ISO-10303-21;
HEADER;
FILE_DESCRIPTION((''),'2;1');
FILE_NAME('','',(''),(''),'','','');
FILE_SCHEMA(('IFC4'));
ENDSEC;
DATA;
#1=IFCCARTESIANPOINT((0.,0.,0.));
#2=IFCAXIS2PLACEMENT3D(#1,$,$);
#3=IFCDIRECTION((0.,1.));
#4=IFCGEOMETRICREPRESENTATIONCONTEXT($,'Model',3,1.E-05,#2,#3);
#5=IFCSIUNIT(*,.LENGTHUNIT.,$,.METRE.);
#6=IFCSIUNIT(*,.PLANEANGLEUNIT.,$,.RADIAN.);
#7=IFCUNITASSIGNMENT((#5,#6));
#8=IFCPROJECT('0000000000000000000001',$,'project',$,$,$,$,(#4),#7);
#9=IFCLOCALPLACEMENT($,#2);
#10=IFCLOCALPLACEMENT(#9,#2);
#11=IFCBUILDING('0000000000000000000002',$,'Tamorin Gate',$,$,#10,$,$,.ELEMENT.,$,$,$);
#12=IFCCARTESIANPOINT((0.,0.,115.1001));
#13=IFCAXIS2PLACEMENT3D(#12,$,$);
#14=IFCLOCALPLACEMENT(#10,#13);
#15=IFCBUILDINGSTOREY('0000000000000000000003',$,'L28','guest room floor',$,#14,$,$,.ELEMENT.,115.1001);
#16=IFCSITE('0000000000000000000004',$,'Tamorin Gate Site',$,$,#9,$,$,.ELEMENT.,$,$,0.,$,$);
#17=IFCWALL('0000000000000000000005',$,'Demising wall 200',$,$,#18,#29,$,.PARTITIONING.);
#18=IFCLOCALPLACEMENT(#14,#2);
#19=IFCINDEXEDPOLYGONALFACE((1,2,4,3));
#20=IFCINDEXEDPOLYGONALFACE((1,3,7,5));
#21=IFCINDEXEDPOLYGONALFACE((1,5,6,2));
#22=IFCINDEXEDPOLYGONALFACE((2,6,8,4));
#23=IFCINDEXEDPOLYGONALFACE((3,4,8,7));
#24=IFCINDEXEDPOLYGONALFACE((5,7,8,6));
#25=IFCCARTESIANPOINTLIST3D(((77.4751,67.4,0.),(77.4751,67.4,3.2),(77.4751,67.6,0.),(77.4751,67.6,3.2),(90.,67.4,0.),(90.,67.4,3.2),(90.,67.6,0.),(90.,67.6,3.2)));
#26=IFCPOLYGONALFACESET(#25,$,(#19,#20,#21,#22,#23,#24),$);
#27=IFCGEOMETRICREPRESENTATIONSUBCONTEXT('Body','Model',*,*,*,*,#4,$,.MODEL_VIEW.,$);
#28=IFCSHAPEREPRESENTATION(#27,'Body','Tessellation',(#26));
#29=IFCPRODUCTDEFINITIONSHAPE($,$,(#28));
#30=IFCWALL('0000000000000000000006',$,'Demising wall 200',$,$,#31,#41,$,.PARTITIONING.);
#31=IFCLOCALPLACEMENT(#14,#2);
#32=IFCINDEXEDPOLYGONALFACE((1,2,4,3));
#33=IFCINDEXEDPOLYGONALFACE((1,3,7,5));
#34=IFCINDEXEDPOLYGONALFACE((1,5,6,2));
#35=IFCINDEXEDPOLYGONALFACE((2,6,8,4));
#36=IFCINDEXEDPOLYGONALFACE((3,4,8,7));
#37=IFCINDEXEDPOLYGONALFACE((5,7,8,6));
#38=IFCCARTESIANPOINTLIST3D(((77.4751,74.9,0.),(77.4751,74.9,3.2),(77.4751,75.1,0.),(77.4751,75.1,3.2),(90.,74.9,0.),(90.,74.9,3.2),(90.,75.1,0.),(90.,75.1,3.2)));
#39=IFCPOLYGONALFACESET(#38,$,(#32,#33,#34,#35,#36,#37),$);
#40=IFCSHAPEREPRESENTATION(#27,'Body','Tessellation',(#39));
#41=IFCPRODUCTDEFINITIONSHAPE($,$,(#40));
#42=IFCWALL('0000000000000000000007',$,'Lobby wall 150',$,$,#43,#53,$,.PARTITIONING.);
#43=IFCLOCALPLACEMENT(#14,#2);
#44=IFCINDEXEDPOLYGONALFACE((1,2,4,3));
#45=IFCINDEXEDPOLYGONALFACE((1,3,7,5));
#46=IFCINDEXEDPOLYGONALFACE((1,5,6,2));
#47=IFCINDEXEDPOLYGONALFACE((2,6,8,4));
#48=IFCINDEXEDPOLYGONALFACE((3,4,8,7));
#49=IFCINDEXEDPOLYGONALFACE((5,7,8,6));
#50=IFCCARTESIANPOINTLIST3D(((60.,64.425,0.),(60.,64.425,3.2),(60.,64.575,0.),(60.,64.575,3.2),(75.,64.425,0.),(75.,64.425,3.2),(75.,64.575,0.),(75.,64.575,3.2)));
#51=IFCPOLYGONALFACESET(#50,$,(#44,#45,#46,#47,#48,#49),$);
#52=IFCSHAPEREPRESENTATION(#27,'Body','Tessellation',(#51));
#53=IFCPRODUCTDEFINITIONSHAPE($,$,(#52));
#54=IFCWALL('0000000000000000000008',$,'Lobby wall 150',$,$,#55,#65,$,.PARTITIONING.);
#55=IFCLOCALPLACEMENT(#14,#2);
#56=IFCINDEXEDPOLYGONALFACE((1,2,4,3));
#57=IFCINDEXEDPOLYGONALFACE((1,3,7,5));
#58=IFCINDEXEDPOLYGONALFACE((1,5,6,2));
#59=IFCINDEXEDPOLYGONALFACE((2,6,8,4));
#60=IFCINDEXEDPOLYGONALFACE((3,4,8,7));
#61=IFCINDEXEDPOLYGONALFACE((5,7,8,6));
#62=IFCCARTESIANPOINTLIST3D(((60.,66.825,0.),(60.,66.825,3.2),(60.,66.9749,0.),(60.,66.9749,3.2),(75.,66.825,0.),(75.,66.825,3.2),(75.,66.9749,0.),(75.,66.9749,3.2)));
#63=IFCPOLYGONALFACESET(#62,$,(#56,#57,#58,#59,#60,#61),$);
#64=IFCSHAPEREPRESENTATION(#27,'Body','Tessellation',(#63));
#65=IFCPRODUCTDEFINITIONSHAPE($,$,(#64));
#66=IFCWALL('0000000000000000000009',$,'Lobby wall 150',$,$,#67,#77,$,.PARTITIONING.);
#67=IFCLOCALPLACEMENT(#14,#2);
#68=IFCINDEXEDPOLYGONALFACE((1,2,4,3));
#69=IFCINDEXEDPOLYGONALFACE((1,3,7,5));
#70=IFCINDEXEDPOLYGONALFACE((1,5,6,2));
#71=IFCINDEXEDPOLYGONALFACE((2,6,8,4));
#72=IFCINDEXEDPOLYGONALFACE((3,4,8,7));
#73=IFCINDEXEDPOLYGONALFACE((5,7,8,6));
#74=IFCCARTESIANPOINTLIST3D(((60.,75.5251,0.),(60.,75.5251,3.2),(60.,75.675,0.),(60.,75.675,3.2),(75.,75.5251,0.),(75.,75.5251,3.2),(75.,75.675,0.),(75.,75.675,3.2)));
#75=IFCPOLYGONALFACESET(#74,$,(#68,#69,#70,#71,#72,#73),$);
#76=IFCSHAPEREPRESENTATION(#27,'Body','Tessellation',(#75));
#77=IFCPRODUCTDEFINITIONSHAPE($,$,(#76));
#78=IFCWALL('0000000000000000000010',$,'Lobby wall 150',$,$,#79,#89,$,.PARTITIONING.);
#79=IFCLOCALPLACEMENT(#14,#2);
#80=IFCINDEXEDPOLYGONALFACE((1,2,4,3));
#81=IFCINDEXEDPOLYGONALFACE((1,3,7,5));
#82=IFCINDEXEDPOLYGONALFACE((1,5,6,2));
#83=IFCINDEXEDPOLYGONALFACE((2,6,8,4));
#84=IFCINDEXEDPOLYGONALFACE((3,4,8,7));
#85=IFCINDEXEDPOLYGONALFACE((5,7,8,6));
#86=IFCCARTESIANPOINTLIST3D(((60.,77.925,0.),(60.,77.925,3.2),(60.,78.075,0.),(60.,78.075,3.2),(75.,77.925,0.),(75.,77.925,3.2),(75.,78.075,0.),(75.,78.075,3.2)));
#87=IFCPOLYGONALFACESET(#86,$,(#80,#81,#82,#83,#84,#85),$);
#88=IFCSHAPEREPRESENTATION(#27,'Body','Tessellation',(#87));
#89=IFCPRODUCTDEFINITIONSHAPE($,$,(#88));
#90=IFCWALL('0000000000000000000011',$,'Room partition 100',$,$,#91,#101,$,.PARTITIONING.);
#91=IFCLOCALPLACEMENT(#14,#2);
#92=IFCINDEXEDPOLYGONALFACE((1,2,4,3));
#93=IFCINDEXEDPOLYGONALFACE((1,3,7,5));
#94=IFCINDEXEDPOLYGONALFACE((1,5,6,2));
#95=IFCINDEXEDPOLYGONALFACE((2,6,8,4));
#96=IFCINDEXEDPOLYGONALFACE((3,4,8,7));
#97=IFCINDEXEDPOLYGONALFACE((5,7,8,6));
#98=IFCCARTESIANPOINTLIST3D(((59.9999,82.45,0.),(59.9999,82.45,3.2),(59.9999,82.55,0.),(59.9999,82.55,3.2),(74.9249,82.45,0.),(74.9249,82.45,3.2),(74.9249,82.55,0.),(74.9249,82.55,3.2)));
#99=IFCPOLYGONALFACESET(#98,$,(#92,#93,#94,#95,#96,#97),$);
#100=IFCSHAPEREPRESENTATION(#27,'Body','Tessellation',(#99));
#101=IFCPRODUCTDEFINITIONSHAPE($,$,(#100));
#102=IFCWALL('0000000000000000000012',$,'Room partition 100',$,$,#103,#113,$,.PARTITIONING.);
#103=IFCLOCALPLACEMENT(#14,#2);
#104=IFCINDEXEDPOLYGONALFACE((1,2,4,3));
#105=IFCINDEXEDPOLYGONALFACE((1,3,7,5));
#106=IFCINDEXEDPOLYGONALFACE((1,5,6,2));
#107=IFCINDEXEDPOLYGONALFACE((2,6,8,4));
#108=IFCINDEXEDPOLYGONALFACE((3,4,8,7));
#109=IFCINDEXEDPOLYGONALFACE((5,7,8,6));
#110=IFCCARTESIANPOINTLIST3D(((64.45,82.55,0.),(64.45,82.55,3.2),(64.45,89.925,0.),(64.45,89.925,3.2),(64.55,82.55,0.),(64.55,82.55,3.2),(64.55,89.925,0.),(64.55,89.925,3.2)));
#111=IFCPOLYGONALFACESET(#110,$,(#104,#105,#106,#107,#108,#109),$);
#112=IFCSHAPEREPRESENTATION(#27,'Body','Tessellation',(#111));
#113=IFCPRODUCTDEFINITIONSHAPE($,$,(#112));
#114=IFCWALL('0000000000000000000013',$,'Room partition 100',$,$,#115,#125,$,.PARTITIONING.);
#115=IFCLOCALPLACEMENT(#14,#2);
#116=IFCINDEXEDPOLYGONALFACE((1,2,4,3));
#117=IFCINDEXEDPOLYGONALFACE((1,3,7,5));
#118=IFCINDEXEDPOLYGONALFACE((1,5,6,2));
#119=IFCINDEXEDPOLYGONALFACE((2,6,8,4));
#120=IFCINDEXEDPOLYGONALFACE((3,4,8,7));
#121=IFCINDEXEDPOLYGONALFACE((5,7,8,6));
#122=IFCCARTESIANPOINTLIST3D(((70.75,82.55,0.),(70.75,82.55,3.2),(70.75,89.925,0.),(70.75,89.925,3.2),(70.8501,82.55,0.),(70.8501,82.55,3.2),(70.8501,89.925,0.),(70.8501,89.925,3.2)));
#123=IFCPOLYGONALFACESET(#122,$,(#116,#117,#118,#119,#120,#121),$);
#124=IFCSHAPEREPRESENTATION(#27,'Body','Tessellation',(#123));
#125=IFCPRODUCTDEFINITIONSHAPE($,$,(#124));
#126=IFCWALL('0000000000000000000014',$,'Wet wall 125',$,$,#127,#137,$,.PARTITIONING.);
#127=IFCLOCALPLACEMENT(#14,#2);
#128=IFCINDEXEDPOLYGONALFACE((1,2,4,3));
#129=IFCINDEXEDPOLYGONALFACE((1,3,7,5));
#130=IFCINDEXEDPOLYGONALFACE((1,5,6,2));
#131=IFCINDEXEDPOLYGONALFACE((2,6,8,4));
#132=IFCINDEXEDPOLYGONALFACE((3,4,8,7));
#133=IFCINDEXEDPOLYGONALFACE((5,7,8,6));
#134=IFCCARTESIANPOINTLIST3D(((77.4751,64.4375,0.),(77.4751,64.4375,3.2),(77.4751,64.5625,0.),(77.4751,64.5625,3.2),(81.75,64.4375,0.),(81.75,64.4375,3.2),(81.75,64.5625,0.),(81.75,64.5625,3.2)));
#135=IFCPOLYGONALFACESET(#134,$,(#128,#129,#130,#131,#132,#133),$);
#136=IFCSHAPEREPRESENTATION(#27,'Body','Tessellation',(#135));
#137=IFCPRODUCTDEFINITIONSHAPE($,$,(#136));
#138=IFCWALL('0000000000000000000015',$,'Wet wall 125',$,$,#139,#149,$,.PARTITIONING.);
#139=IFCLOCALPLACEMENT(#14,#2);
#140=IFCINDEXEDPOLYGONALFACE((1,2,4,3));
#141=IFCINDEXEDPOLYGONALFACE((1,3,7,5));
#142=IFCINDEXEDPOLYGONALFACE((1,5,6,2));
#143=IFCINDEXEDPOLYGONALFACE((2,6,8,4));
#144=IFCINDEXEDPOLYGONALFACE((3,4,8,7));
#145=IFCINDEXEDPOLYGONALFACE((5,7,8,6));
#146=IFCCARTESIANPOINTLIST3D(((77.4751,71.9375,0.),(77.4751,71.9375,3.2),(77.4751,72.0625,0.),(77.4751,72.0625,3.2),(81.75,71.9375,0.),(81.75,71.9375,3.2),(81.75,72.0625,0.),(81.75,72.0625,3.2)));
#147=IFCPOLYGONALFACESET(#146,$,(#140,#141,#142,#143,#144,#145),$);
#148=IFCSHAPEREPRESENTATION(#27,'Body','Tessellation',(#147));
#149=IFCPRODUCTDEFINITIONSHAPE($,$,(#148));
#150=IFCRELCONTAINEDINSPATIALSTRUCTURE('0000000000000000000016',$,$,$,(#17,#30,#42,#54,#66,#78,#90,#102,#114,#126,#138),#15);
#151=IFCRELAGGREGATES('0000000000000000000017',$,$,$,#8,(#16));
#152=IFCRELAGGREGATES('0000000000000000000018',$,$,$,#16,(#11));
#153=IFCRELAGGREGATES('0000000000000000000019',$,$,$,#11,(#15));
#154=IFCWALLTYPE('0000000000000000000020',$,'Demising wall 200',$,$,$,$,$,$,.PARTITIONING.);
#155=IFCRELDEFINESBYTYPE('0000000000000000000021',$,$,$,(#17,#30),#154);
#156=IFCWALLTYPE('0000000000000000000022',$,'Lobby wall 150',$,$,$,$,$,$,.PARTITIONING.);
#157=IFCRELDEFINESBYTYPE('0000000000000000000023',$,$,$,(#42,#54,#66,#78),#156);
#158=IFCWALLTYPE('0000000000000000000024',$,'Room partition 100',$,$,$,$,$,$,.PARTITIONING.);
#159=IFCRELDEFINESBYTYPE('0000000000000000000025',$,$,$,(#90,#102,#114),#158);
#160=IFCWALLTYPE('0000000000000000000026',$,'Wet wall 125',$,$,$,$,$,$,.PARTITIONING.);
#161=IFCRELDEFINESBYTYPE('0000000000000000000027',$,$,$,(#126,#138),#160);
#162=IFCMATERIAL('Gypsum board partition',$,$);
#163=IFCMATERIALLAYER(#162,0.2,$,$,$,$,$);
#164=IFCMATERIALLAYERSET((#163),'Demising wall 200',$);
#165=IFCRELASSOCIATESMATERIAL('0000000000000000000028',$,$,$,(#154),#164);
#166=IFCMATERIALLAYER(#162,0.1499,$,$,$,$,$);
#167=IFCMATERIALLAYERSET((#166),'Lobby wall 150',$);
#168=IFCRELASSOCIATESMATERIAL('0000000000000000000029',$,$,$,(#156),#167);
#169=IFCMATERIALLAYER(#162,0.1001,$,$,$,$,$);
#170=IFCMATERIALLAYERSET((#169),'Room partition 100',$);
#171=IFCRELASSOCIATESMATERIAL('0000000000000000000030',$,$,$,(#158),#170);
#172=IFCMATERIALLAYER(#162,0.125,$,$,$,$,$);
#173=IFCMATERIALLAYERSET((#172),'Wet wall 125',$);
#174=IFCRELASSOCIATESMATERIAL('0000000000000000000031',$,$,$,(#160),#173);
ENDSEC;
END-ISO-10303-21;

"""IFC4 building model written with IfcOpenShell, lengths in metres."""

from ifc_helpers import new_model, si_unit, direction, frame, frame_2d, origin, place, context, subcontext, project, spatial, rectangle, extrude, material, layer, layer_set, type_object, element, save


model = new_model("IFC4")

# Units and contexts
model_context = context("Model", 3, precision=1e-05, world=origin(), true_north=direction((0.0, 1.0)))
body_context = subcontext(model_context, "Body", "Model", "MODEL_VIEW")
ifc_project = project(units=[si_unit("LENGTHUNIT", "METRE"), si_unit("PLANEANGLEUNIT", "RADIAN")], contexts=[model_context])

# Site, building, storey
site_placement = place(None, origin())
site = spatial("IfcSite", under=ifc_project, at=site_placement, Name="Tamorin Gate Site", CompositionType="ELEMENT", RefElevation=0.0)
building_placement = place(site_placement, origin())
building = spatial("IfcBuilding", under=site, at=building_placement, Name="Tamorin Gate", CompositionType="ELEMENT")
storey_placement = place(building_placement, frame((0.0, 0.0, 115.1001)))
storey = spatial("IfcBuildingStorey", under=building, at=storey_placement, Name="L28", Description="guest room floor", CompositionType="ELEMENT", Elevation=115.1001)

# Shared definitions
ifc_material_1 = material(Name="Gypsum board partition")

# Walls
ifc_layer_1 = layer(ifc_material_1, 0.2)
ifc_layer_set_1 = layer_set([ifc_layer_1], Name="Demising wall 200")
wall_type_1 = type_object("IfcWallType", Name="Demising wall 200", PredefinedType="PARTITIONING", material=ifc_layer_set_1)
for number, where, z_axis, x_axis, name in (
    (1, (77.4751, 67.5, 0.0), (0.0, 0.0, 1.0), (1.0, 0.0, 0.0), "Demising wall 200"),
    (2, (77.4751, 75.0, 0.0), (0.0, 0.0, 1.0), (1.0, 0.0, 0.0), "Demising wall 200"),
):
    element("IfcWall", number, at=place(storey_placement, frame(where, z_axis=z_axis, x_axis=x_axis)), inside=storey, type_object=wall_type_1, Name=name, PredefinedType="PARTITIONING", context=body_context, shape_type="SweptSolid", body=[
        extrude(rectangle(XDim=12.5249, YDim=0.2, at=frame_2d((6.2625, 0.0))), origin(), (0.0, 0.0, 1.0), 3.2),
    ])
ifc_layer_2 = layer(ifc_material_1, 0.1499)
ifc_layer_set_2 = layer_set([ifc_layer_2], Name="Lobby wall 150")
wall_type_2 = type_object("IfcWallType", Name="Lobby wall 150", PredefinedType="PARTITIONING", material=ifc_layer_set_2)
for number, where, z_axis, x_axis, name in (
    (3, (60.0, 64.5, 0.0), (0.0, 0.0, 1.0), (1.0, 0.0, 0.0), "Lobby wall 150"),
    (4, (60.0, 66.8999, 0.0), (0.0, 0.0, 1.0), (1.0, 0.0, 0.0), "Lobby wall 150"),
    (5, (60.0, 75.6001, 0.0), (0.0, 0.0, 1.0), (1.0, 0.0, 0.0), "Lobby wall 150"),
    (6, (60.0, 78.0, 0.0), (0.0, 0.0, 1.0), (1.0, 0.0, 0.0), "Lobby wall 150"),
):
    element("IfcWall", number, at=place(storey_placement, frame(where, z_axis=z_axis, x_axis=x_axis)), inside=storey, type_object=wall_type_2, Name=name, PredefinedType="PARTITIONING", context=body_context, shape_type="SweptSolid", body=[
        extrude(rectangle(XDim=15.0, YDim=0.1499, at=frame_2d((7.5, 0.0))), origin(), (0.0, 0.0, 1.0), 3.2),
    ])
ifc_layer_3 = layer(ifc_material_1, 0.1001)
ifc_layer_set_3 = layer_set([ifc_layer_3], Name="Room partition 100")
wall_type_3 = type_object("IfcWallType", Name="Room partition 100", PredefinedType="PARTITIONING", material=ifc_layer_set_3)
wall_1_placement = place(storey_placement, frame((60.0, 82.5, 0.0), z_axis=(0.0, 0.0, 1.0), x_axis=(1.0, 0.0, 0.0)))
element("IfcWall", 7, at=wall_1_placement, inside=storey, type_object=wall_type_3, Name="Room partition 100", PredefinedType="PARTITIONING", context=body_context, shape_type="SweptSolid", body=[
    extrude(rectangle(XDim=14.925, YDim=0.1001, at=frame_2d((7.4624, 0.0))), origin(), (0.0, 0.0, 1.0), 3.2),
])
for number, where, z_axis, x_axis, name in (
    (8, (64.5, 82.55, 0.0), (0.0, 0.0, 1.0), (0.0, 1.0, 0.0), "Room partition 100"),
    (9, (70.8, 82.55, 0.0), (0.0, 0.0, 1.0), (0.0, 1.0, 0.0), "Room partition 100"),
):
    element("IfcWall", number, at=place(storey_placement, frame(where, z_axis=z_axis, x_axis=x_axis)), inside=storey, type_object=wall_type_3, Name=name, PredefinedType="PARTITIONING", context=body_context, shape_type="SweptSolid", body=[
        extrude(rectangle(XDim=7.375, YDim=0.1001, at=frame_2d((3.6875, 0.0))), origin(), (0.0, 0.0, 1.0), 3.2),
    ])
ifc_layer_4 = layer(ifc_material_1, 0.125)
ifc_layer_set_4 = layer_set([ifc_layer_4], Name="Wet wall 125")
wall_type_4 = type_object("IfcWallType", Name="Wet wall 125", PredefinedType="PARTITIONING", material=ifc_layer_set_4)
for number, where, z_axis, x_axis, name in (
    (10, (77.4751, 64.5, 0.0), (0.0, 0.0, 1.0), (1.0, 0.0, 0.0), "Wet wall 125"),
    (11, (77.4751, 72.0, 0.0), (0.0, 0.0, 1.0), (1.0, 0.0, 0.0), "Wet wall 125"),
):
    element("IfcWall", number, at=place(storey_placement, frame(where, z_axis=z_axis, x_axis=x_axis)), inside=storey, type_object=wall_type_4, Name=name, PredefinedType="PARTITIONING", context=body_context, shape_type="SweptSolid", body=[
        extrude(rectangle(XDim=4.2749, YDim=0.125, at=frame_2d((2.1375, 0.0))), origin(), (0.0, 0.0, 1.0), 3.2),
    ])

save(model, "model.ifc")
